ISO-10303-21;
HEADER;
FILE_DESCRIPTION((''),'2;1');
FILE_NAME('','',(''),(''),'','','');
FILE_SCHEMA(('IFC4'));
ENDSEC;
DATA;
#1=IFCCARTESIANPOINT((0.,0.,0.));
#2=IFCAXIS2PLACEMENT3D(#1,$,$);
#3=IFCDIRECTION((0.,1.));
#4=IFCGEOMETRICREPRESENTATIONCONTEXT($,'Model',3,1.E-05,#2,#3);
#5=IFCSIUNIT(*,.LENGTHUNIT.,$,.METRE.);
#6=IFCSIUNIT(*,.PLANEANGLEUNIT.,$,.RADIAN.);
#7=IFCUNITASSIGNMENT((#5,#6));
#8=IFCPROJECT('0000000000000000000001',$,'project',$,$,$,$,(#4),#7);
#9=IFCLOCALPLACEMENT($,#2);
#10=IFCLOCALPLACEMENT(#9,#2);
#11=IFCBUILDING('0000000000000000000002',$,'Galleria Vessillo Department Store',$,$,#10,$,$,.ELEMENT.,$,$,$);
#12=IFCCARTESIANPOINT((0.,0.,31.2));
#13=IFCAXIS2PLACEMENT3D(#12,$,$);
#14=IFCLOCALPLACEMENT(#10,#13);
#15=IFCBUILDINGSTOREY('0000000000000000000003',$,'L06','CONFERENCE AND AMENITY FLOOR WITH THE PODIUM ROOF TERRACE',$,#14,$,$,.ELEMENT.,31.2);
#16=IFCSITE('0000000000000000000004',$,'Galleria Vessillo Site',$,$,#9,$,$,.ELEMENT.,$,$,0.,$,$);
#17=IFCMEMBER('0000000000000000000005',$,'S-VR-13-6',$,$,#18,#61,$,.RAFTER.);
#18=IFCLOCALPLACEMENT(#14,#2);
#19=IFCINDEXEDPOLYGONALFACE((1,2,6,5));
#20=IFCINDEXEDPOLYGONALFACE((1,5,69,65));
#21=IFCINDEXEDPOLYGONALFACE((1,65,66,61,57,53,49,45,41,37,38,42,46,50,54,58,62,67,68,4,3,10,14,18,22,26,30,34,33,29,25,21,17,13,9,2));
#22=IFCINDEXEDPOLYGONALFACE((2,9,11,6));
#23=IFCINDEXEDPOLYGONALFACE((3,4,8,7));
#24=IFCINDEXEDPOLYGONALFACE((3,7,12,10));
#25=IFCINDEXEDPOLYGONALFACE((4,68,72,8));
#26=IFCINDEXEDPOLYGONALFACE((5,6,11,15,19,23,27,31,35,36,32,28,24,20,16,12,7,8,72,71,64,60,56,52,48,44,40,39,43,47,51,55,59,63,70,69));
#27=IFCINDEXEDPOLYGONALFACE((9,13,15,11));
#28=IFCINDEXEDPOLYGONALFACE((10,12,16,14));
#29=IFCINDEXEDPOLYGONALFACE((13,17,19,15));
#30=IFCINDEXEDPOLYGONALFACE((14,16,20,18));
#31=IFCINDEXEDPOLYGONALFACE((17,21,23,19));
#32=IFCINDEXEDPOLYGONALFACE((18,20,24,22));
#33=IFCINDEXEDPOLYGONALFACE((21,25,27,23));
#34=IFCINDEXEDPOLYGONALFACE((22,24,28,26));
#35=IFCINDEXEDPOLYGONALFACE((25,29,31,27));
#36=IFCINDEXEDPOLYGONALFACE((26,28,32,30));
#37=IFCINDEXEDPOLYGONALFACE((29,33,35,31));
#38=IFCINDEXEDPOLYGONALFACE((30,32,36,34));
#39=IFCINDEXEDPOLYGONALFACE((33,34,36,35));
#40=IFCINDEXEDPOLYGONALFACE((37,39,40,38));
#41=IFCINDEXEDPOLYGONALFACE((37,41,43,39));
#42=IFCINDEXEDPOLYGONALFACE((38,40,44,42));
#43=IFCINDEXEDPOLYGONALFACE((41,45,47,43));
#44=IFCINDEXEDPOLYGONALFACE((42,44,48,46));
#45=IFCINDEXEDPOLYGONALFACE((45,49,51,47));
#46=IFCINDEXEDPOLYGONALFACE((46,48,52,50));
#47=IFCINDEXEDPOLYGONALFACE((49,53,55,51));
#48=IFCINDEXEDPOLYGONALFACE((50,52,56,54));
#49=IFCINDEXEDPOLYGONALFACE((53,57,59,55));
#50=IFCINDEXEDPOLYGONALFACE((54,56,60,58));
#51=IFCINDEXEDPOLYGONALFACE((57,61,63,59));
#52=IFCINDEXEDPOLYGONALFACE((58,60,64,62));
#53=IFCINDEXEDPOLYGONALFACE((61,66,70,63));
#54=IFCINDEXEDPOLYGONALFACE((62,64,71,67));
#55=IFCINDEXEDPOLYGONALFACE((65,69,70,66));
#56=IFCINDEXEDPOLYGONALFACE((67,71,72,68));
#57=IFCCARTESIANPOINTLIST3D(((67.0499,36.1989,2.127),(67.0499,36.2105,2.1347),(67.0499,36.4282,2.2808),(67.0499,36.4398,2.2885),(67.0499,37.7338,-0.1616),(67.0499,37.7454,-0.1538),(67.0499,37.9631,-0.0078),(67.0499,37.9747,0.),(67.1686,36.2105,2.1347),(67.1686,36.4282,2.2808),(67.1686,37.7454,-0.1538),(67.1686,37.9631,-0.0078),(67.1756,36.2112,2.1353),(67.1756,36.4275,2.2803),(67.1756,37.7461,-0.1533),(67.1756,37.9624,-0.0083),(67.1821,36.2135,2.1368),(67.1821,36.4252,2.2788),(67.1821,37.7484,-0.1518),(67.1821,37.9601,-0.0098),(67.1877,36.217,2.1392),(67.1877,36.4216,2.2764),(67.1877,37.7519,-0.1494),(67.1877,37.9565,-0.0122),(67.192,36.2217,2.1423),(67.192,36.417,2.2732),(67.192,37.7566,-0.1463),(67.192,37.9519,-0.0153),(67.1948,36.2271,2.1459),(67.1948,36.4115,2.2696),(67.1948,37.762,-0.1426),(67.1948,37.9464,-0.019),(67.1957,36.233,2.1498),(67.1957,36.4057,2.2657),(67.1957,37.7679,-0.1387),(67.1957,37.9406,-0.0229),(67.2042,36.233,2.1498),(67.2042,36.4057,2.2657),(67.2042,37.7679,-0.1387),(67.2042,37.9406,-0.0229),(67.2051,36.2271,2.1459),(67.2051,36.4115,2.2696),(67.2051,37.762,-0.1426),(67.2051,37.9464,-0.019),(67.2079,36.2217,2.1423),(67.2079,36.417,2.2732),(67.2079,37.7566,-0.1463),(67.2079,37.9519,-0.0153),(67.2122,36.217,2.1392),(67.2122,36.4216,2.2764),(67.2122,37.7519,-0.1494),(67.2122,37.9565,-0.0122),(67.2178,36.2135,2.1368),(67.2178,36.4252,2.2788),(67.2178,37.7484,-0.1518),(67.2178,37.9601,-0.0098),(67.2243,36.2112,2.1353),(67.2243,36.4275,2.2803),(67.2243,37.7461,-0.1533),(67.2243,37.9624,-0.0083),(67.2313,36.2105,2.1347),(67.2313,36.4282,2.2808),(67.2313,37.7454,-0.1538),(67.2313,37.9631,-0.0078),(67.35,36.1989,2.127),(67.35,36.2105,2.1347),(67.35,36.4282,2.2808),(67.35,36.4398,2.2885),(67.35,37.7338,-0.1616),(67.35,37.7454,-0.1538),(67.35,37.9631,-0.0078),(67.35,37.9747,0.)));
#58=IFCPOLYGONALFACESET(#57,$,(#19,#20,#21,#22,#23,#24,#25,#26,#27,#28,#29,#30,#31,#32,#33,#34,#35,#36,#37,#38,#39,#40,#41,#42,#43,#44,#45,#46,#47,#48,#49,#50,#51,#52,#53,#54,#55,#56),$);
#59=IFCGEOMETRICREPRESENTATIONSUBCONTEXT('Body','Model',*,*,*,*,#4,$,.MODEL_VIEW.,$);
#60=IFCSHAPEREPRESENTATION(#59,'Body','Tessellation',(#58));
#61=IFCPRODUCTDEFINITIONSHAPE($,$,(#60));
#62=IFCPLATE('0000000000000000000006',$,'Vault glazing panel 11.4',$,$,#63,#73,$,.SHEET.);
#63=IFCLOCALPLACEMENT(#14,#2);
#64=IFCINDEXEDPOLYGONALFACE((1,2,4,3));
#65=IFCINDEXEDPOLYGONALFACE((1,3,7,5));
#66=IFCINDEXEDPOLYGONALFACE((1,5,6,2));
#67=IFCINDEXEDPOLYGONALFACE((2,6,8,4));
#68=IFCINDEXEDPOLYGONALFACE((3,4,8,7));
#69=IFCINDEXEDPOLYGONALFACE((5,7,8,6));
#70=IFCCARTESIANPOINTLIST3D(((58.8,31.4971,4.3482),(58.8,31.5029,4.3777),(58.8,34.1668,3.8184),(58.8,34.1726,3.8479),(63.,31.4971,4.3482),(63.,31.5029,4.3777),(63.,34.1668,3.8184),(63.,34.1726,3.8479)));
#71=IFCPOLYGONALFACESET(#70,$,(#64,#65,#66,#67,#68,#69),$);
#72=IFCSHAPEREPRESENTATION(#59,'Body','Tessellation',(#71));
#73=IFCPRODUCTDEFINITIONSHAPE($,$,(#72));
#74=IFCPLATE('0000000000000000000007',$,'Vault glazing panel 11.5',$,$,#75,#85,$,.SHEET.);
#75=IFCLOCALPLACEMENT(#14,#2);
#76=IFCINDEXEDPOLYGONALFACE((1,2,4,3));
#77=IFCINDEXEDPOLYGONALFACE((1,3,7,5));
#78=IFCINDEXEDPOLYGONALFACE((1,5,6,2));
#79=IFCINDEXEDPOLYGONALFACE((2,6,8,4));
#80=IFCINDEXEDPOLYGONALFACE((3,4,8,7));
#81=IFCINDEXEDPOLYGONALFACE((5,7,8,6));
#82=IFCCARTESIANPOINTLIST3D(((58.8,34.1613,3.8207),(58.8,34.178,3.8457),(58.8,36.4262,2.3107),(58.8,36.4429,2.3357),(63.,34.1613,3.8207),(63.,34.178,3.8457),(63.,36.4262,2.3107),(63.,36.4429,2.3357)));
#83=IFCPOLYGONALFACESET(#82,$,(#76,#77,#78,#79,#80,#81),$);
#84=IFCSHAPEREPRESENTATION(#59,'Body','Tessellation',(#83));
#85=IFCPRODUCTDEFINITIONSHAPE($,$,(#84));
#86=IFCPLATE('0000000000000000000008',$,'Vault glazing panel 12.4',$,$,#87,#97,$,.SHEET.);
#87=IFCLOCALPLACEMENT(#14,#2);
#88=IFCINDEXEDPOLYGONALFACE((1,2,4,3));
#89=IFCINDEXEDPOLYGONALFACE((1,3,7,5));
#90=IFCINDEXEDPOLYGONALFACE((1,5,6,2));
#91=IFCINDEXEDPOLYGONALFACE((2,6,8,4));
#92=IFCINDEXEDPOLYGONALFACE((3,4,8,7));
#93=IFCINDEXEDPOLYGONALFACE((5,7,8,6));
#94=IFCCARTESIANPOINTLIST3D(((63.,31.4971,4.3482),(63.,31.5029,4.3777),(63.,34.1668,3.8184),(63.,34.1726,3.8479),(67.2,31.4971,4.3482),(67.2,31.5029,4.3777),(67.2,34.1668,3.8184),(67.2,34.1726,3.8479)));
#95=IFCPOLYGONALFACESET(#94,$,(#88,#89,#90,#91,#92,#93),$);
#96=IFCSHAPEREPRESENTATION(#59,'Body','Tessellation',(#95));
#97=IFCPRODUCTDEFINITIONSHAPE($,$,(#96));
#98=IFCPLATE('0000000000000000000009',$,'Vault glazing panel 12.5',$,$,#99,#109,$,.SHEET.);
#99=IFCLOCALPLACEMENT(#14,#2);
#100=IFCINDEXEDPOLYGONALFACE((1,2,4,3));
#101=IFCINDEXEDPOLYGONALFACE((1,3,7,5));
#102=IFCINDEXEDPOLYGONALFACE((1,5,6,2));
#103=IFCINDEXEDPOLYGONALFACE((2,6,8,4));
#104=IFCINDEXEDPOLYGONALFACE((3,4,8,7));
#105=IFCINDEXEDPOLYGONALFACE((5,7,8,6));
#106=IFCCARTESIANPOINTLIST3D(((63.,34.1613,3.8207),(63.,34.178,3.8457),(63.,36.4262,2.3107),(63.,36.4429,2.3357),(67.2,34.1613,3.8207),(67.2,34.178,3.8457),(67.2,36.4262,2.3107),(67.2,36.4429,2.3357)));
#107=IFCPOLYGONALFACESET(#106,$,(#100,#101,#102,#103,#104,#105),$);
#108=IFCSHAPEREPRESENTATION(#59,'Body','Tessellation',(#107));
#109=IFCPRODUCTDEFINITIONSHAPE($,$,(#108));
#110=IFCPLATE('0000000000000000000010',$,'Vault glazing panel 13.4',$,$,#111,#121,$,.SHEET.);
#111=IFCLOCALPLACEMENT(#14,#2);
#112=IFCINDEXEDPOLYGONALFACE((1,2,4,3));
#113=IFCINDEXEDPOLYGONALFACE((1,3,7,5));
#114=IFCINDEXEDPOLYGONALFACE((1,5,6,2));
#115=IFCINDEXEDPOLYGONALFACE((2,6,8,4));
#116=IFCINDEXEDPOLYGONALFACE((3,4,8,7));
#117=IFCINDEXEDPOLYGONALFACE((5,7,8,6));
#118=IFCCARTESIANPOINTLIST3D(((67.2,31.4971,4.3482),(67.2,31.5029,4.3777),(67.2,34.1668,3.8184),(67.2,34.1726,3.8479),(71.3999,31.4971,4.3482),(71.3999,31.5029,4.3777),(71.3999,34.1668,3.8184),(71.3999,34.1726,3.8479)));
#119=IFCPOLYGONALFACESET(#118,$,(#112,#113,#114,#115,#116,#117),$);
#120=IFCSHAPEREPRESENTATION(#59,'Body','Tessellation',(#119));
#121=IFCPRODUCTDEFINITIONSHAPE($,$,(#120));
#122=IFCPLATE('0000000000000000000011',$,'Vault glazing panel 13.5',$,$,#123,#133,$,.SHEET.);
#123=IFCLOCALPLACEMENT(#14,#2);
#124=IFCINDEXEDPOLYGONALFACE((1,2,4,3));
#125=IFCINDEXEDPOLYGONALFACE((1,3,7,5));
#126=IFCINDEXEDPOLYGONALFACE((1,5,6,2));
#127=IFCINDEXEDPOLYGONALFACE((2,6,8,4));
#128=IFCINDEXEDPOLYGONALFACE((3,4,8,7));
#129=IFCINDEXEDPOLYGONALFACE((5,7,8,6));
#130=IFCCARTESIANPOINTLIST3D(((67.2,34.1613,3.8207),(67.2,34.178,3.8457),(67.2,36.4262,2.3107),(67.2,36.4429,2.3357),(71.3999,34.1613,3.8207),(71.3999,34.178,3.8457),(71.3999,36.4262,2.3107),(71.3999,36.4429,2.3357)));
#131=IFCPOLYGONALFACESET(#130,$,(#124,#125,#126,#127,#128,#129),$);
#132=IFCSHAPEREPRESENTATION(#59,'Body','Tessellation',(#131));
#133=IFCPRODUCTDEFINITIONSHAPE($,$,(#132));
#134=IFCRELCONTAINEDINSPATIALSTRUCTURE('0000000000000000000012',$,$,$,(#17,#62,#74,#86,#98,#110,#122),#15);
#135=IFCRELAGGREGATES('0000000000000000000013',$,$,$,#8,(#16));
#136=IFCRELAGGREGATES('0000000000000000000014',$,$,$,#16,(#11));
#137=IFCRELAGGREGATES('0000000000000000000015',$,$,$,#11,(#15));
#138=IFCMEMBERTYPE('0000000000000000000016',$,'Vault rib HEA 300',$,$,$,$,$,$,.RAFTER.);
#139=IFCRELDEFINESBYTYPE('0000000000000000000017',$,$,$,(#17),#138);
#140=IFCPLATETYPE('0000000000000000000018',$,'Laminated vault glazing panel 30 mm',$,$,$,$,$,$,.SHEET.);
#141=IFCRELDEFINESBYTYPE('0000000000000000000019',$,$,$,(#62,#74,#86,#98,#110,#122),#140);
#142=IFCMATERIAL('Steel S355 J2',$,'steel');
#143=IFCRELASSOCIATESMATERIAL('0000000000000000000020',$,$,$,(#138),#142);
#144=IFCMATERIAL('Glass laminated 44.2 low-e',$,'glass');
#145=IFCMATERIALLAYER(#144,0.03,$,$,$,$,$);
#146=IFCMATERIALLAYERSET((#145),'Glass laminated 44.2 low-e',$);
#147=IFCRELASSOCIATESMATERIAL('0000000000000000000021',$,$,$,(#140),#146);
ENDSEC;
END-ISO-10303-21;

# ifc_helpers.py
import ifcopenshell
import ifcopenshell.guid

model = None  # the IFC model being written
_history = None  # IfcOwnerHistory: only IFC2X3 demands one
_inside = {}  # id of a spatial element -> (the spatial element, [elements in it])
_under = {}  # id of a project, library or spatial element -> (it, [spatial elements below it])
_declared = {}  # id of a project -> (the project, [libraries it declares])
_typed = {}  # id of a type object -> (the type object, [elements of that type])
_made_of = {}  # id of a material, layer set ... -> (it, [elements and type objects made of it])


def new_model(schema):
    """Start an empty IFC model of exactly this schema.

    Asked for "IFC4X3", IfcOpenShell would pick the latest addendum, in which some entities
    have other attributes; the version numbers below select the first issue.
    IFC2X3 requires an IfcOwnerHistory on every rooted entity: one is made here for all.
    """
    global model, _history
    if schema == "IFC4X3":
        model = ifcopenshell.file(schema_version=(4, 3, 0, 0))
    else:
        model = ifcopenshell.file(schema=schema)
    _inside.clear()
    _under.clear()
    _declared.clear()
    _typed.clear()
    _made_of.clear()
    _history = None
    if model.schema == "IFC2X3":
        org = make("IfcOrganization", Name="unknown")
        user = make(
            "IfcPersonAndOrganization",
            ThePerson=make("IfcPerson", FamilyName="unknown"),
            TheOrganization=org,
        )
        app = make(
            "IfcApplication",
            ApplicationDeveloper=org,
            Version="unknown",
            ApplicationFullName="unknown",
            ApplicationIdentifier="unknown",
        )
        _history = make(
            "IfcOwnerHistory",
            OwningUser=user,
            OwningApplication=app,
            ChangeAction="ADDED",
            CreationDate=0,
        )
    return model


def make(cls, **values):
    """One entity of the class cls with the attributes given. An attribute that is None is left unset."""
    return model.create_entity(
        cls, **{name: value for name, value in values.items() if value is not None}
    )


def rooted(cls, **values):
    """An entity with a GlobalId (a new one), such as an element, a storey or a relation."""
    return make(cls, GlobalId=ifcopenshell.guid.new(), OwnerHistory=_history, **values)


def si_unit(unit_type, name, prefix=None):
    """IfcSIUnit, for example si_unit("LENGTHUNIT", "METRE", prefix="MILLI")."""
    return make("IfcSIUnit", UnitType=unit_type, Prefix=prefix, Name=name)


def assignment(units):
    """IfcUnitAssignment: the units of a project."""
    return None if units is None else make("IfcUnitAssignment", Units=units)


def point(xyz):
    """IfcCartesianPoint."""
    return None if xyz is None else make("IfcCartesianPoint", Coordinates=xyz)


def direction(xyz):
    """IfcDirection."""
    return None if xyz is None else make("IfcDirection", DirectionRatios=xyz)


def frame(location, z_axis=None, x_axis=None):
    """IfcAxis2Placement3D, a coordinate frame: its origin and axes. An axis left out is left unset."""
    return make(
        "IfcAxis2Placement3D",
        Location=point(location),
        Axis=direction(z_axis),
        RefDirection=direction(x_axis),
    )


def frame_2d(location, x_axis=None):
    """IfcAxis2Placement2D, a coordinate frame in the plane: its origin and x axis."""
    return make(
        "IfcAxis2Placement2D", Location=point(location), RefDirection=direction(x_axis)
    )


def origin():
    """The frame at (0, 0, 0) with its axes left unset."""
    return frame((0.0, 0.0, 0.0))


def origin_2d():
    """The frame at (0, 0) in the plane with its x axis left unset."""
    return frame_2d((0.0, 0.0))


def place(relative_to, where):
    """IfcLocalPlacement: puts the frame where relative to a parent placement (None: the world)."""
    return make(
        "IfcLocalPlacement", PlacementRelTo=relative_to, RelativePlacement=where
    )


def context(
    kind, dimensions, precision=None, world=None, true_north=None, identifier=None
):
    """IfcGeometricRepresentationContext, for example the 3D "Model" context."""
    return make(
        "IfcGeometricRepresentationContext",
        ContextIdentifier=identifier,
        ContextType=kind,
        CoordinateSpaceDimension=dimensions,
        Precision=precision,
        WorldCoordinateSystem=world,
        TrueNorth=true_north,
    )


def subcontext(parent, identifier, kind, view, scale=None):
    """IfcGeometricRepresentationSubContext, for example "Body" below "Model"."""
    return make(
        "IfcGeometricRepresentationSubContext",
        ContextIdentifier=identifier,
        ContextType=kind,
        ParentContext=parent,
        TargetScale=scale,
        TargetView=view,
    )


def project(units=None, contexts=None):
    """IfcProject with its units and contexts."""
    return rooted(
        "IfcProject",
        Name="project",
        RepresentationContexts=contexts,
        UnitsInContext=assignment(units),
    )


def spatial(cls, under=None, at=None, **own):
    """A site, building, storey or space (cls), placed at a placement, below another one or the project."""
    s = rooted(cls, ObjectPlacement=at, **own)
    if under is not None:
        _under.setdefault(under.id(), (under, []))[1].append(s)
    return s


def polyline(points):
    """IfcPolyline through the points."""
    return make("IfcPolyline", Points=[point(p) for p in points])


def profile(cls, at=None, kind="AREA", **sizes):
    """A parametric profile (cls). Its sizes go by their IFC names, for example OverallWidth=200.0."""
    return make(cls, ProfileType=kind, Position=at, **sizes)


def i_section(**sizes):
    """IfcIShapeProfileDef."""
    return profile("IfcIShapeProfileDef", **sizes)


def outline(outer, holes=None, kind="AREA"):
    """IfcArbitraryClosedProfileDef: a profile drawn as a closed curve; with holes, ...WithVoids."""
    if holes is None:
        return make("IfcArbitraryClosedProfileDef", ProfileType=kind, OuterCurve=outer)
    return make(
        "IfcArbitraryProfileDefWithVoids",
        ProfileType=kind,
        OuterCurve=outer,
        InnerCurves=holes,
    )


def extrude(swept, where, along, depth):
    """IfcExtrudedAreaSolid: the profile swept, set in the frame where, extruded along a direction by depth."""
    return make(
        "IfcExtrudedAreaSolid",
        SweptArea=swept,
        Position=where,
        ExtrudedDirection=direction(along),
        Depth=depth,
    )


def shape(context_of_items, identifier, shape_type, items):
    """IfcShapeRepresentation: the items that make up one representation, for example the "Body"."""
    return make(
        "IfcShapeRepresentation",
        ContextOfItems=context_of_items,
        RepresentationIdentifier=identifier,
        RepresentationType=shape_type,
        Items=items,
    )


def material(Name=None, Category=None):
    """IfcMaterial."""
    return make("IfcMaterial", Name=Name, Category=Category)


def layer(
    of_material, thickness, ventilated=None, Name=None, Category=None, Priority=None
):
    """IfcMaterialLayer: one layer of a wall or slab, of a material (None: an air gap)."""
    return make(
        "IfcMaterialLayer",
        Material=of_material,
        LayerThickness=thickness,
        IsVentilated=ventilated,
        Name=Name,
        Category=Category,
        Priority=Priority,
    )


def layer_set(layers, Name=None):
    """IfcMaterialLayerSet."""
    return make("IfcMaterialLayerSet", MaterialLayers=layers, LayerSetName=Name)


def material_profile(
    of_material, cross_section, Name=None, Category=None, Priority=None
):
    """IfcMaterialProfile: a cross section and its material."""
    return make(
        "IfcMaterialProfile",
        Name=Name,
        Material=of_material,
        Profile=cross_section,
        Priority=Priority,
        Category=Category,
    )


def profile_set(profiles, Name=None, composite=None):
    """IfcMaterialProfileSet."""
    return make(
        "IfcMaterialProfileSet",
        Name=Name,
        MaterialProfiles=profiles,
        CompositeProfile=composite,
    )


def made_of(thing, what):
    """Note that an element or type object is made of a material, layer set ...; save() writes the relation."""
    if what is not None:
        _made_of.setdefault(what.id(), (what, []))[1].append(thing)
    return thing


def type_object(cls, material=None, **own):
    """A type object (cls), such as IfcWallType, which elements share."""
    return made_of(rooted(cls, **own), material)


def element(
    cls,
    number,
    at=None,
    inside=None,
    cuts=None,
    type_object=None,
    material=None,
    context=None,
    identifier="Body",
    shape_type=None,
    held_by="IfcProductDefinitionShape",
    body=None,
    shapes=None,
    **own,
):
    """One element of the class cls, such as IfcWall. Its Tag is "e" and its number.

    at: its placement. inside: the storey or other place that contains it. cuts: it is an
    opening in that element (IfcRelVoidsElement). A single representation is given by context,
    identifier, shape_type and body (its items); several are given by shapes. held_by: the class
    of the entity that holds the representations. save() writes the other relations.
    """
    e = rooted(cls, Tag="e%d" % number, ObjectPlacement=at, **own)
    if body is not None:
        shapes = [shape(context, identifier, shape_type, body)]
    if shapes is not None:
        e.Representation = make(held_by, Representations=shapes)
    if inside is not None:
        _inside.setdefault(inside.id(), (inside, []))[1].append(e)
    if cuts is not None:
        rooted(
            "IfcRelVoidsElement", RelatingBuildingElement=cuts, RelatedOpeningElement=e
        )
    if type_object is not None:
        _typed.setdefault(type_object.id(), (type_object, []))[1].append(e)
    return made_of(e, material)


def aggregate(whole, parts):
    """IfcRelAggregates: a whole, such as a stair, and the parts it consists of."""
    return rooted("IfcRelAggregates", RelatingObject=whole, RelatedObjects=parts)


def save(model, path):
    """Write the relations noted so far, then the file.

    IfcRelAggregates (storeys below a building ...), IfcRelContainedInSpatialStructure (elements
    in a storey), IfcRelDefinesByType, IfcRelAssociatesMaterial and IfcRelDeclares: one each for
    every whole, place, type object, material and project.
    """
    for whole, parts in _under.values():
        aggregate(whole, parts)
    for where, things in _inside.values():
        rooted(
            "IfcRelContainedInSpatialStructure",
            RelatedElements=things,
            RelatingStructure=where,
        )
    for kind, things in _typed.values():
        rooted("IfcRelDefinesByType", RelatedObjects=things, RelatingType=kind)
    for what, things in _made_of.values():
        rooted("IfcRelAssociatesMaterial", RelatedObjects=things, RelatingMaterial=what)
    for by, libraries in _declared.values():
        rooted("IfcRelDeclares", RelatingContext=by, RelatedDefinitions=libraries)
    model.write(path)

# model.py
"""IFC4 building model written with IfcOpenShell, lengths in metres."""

from ifc_helpers import new_model, si_unit, direction, frame, origin, origin_2d, place, context, subcontext, project, spatial, polyline, i_section, outline, extrude, material, layer, layer_set, material_profile, profile_set, type_object, element, save


model = new_model("IFC4")

# Units and contexts
model_context = context("Model", 3, precision=1e-05, world=origin(), true_north=direction((0.0, 1.0)))
body_context = subcontext(model_context, "Body", "Model", "MODEL_VIEW")
ifc_project = project(units=[si_unit("LENGTHUNIT", "METRE"), si_unit("PLANEANGLEUNIT", "RADIAN")], contexts=[model_context])

# Site, building, storey
site_placement = place(None, origin())
site = spatial("IfcSite", under=ifc_project, at=site_placement, Name="Galleria Vessillo Site", CompositionType="ELEMENT", RefElevation=0.0)
building_placement = place(site_placement, origin())
building = spatial("IfcBuilding", under=site, at=building_placement, Name="Galleria Vessillo Department Store", CompositionType="ELEMENT")
storey_placement = place(building_placement, frame((0.0, 0.0, 31.2)))
storey = spatial("IfcBuildingStorey", under=building, at=storey_placement, Name="L06", Description="CONFERENCE AND AMENITY FLOOR WITH THE PODIUM ROOF TERRACE", CompositionType="ELEMENT", Elevation=31.2)

# Member
ifc_material_1 = material(Name="Steel S355 J2", Category="steel")
ifc_material_profile_1 = material_profile(ifc_material_1, i_section(OverallWidth=0.3, OverallDepth=0.29, WebThickness=0.0085, FlangeThickness=0.0139, FilletRadius=0.0271, at=origin_2d()), Name="HEA 300")
ifc_profile_set_1 = profile_set([ifc_material_profile_1], Name="Steel S355 J2")
member_type_1 = type_object("IfcMemberType", Name="Vault rib HEA 300", PredefinedType="RAFTER", material=ifc_profile_set_1)
member_1_placement = place(storey_placement, frame((67.2, 36.3193, 2.2078), z_axis=(0.0, 0.557008, -0.830507), x_axis=(-1.0, 0.0, 0.0)))
element("IfcMember", 1, at=member_1_placement, inside=storey, type_object=member_type_1, Name="S-VR-13-6", PredefinedType="RAFTER", context=body_context, shape_type="SweptSolid", body=[
    extrude(i_section(OverallWidth=0.3, OverallDepth=0.29, WebThickness=0.0085, FlangeThickness=0.0139, FilletRadius=0.0271, at=origin_2d()), origin(), (0.0, 0.0, 1.0), 2.7556),
])

# Plates
ifc_material_2 = material(Name="Glass laminated 44.2 low-e", Category="glass")
ifc_layer = layer(ifc_material_2, 0.03)
ifc_layer_set = layer_set([ifc_layer], Name="Glass laminated 44.2 low-e")
plate_type = type_object("IfcPlateType", Name="Laminated vault glazing panel 30 mm", PredefinedType="SHEET", material=ifc_layer_set)
plate_1_placement = place(storey_placement, frame((58.8, 31.5029, 4.3777), z_axis=(0.0, 0.19465, 0.980873), x_axis=(1.0, 0.0, 0.0)))
element("IfcPlate", 2, at=plate_1_placement, inside=storey, type_object=plate_type, Name="Vault glazing panel 11.4", PredefinedType="SHEET", context=body_context, shape_type="SweptSolid", body=[
    extrude(outline(polyline([(0.0, 0.0), (4.2, 0.0), (4.2, 2.7217), (0.0, 2.7217), (0.0, 0.0)])), origin(), (0.0, 0.0, -1.0), 0.03),
])
plate_2_placement = place(storey_placement, frame((58.8, 34.178, 3.8457), z_axis=(0.0, 0.554721, 0.832036), x_axis=(1.0, 0.0, 0.0)))
element("IfcPlate", 3, at=plate_2_placement, inside=storey, type_object=plate_type, Name="Vault glazing panel 11.5", PredefinedType="SHEET", context=body_context, shape_type="SweptSolid", body=[
    extrude(outline(polyline([(0.0, 0.0), (4.2, 0.0), (4.2, 2.7221), (0.0, 2.7221), (0.0, 0.0)])), origin(), (0.0, 0.0, -1.0), 0.03),
])
plate_3_placement = place(storey_placement, frame((63.0, 31.5029, 4.3777), z_axis=(0.0, 0.19465, 0.980873), x_axis=(1.0, 0.0, 0.0)))
element("IfcPlate", 4, at=plate_3_placement, inside=storey, type_object=plate_type, Name="Vault glazing panel 12.4", PredefinedType="SHEET", context=body_context, shape_type="SweptSolid", body=[
    extrude(outline(polyline([(0.0, 0.0), (4.2, 0.0), (4.2, 2.7217), (0.0, 2.7217), (0.0, 0.0)])), origin(), (0.0, 0.0, -1.0), 0.03),
])
plate_4_placement = place(storey_placement, frame((63.0, 34.178, 3.8457), z_axis=(0.0, 0.554721, 0.832036), x_axis=(1.0, 0.0, 0.0)))
element("IfcPlate", 5, at=plate_4_placement, inside=storey, type_object=plate_type, Name="Vault glazing panel 12.5", PredefinedType="SHEET", context=body_context, shape_type="SweptSolid", body=[
    extrude(outline(polyline([(0.0, 0.0), (4.2, 0.0), (4.2, 2.7221), (0.0, 2.7221), (0.0, 0.0)])), origin(), (0.0, 0.0, -1.0), 0.03),
])
plate_5_placement = place(storey_placement, frame((67.2, 31.5029, 4.3777), z_axis=(0.0, 0.19465, 0.980873), x_axis=(1.0, 0.0, 0.0)))
element("IfcPlate", 6, at=plate_5_placement, inside=storey, type_object=plate_type, Name="Vault glazing panel 13.4", PredefinedType="SHEET", context=body_context, shape_type="SweptSolid", body=[
    extrude(outline(polyline([(0.0, 0.0), (4.2, 0.0), (4.2, 2.7217), (0.0, 2.7217), (0.0, 0.0)])), origin(), (0.0, 0.0, -1.0), 0.03),
])
plate_6_placement = place(storey_placement, frame((67.2, 34.178, 3.8457), z_axis=(0.0, 0.554721, 0.832036), x_axis=(1.0, 0.0, 0.0)))
element("IfcPlate", 7, at=plate_6_placement, inside=storey, type_object=plate_type, Name="Vault glazing panel 13.5", PredefinedType="SHEET", context=body_context, shape_type="SweptSolid", body=[
    extrude(outline(polyline([(0.0, 0.0), (4.2, 0.0), (4.2, 2.7221), (0.0, 2.7221), (0.0, 0.0)])), origin(), (0.0, 0.0, -1.0), 0.03),
])

save(model, "model.ifc")
